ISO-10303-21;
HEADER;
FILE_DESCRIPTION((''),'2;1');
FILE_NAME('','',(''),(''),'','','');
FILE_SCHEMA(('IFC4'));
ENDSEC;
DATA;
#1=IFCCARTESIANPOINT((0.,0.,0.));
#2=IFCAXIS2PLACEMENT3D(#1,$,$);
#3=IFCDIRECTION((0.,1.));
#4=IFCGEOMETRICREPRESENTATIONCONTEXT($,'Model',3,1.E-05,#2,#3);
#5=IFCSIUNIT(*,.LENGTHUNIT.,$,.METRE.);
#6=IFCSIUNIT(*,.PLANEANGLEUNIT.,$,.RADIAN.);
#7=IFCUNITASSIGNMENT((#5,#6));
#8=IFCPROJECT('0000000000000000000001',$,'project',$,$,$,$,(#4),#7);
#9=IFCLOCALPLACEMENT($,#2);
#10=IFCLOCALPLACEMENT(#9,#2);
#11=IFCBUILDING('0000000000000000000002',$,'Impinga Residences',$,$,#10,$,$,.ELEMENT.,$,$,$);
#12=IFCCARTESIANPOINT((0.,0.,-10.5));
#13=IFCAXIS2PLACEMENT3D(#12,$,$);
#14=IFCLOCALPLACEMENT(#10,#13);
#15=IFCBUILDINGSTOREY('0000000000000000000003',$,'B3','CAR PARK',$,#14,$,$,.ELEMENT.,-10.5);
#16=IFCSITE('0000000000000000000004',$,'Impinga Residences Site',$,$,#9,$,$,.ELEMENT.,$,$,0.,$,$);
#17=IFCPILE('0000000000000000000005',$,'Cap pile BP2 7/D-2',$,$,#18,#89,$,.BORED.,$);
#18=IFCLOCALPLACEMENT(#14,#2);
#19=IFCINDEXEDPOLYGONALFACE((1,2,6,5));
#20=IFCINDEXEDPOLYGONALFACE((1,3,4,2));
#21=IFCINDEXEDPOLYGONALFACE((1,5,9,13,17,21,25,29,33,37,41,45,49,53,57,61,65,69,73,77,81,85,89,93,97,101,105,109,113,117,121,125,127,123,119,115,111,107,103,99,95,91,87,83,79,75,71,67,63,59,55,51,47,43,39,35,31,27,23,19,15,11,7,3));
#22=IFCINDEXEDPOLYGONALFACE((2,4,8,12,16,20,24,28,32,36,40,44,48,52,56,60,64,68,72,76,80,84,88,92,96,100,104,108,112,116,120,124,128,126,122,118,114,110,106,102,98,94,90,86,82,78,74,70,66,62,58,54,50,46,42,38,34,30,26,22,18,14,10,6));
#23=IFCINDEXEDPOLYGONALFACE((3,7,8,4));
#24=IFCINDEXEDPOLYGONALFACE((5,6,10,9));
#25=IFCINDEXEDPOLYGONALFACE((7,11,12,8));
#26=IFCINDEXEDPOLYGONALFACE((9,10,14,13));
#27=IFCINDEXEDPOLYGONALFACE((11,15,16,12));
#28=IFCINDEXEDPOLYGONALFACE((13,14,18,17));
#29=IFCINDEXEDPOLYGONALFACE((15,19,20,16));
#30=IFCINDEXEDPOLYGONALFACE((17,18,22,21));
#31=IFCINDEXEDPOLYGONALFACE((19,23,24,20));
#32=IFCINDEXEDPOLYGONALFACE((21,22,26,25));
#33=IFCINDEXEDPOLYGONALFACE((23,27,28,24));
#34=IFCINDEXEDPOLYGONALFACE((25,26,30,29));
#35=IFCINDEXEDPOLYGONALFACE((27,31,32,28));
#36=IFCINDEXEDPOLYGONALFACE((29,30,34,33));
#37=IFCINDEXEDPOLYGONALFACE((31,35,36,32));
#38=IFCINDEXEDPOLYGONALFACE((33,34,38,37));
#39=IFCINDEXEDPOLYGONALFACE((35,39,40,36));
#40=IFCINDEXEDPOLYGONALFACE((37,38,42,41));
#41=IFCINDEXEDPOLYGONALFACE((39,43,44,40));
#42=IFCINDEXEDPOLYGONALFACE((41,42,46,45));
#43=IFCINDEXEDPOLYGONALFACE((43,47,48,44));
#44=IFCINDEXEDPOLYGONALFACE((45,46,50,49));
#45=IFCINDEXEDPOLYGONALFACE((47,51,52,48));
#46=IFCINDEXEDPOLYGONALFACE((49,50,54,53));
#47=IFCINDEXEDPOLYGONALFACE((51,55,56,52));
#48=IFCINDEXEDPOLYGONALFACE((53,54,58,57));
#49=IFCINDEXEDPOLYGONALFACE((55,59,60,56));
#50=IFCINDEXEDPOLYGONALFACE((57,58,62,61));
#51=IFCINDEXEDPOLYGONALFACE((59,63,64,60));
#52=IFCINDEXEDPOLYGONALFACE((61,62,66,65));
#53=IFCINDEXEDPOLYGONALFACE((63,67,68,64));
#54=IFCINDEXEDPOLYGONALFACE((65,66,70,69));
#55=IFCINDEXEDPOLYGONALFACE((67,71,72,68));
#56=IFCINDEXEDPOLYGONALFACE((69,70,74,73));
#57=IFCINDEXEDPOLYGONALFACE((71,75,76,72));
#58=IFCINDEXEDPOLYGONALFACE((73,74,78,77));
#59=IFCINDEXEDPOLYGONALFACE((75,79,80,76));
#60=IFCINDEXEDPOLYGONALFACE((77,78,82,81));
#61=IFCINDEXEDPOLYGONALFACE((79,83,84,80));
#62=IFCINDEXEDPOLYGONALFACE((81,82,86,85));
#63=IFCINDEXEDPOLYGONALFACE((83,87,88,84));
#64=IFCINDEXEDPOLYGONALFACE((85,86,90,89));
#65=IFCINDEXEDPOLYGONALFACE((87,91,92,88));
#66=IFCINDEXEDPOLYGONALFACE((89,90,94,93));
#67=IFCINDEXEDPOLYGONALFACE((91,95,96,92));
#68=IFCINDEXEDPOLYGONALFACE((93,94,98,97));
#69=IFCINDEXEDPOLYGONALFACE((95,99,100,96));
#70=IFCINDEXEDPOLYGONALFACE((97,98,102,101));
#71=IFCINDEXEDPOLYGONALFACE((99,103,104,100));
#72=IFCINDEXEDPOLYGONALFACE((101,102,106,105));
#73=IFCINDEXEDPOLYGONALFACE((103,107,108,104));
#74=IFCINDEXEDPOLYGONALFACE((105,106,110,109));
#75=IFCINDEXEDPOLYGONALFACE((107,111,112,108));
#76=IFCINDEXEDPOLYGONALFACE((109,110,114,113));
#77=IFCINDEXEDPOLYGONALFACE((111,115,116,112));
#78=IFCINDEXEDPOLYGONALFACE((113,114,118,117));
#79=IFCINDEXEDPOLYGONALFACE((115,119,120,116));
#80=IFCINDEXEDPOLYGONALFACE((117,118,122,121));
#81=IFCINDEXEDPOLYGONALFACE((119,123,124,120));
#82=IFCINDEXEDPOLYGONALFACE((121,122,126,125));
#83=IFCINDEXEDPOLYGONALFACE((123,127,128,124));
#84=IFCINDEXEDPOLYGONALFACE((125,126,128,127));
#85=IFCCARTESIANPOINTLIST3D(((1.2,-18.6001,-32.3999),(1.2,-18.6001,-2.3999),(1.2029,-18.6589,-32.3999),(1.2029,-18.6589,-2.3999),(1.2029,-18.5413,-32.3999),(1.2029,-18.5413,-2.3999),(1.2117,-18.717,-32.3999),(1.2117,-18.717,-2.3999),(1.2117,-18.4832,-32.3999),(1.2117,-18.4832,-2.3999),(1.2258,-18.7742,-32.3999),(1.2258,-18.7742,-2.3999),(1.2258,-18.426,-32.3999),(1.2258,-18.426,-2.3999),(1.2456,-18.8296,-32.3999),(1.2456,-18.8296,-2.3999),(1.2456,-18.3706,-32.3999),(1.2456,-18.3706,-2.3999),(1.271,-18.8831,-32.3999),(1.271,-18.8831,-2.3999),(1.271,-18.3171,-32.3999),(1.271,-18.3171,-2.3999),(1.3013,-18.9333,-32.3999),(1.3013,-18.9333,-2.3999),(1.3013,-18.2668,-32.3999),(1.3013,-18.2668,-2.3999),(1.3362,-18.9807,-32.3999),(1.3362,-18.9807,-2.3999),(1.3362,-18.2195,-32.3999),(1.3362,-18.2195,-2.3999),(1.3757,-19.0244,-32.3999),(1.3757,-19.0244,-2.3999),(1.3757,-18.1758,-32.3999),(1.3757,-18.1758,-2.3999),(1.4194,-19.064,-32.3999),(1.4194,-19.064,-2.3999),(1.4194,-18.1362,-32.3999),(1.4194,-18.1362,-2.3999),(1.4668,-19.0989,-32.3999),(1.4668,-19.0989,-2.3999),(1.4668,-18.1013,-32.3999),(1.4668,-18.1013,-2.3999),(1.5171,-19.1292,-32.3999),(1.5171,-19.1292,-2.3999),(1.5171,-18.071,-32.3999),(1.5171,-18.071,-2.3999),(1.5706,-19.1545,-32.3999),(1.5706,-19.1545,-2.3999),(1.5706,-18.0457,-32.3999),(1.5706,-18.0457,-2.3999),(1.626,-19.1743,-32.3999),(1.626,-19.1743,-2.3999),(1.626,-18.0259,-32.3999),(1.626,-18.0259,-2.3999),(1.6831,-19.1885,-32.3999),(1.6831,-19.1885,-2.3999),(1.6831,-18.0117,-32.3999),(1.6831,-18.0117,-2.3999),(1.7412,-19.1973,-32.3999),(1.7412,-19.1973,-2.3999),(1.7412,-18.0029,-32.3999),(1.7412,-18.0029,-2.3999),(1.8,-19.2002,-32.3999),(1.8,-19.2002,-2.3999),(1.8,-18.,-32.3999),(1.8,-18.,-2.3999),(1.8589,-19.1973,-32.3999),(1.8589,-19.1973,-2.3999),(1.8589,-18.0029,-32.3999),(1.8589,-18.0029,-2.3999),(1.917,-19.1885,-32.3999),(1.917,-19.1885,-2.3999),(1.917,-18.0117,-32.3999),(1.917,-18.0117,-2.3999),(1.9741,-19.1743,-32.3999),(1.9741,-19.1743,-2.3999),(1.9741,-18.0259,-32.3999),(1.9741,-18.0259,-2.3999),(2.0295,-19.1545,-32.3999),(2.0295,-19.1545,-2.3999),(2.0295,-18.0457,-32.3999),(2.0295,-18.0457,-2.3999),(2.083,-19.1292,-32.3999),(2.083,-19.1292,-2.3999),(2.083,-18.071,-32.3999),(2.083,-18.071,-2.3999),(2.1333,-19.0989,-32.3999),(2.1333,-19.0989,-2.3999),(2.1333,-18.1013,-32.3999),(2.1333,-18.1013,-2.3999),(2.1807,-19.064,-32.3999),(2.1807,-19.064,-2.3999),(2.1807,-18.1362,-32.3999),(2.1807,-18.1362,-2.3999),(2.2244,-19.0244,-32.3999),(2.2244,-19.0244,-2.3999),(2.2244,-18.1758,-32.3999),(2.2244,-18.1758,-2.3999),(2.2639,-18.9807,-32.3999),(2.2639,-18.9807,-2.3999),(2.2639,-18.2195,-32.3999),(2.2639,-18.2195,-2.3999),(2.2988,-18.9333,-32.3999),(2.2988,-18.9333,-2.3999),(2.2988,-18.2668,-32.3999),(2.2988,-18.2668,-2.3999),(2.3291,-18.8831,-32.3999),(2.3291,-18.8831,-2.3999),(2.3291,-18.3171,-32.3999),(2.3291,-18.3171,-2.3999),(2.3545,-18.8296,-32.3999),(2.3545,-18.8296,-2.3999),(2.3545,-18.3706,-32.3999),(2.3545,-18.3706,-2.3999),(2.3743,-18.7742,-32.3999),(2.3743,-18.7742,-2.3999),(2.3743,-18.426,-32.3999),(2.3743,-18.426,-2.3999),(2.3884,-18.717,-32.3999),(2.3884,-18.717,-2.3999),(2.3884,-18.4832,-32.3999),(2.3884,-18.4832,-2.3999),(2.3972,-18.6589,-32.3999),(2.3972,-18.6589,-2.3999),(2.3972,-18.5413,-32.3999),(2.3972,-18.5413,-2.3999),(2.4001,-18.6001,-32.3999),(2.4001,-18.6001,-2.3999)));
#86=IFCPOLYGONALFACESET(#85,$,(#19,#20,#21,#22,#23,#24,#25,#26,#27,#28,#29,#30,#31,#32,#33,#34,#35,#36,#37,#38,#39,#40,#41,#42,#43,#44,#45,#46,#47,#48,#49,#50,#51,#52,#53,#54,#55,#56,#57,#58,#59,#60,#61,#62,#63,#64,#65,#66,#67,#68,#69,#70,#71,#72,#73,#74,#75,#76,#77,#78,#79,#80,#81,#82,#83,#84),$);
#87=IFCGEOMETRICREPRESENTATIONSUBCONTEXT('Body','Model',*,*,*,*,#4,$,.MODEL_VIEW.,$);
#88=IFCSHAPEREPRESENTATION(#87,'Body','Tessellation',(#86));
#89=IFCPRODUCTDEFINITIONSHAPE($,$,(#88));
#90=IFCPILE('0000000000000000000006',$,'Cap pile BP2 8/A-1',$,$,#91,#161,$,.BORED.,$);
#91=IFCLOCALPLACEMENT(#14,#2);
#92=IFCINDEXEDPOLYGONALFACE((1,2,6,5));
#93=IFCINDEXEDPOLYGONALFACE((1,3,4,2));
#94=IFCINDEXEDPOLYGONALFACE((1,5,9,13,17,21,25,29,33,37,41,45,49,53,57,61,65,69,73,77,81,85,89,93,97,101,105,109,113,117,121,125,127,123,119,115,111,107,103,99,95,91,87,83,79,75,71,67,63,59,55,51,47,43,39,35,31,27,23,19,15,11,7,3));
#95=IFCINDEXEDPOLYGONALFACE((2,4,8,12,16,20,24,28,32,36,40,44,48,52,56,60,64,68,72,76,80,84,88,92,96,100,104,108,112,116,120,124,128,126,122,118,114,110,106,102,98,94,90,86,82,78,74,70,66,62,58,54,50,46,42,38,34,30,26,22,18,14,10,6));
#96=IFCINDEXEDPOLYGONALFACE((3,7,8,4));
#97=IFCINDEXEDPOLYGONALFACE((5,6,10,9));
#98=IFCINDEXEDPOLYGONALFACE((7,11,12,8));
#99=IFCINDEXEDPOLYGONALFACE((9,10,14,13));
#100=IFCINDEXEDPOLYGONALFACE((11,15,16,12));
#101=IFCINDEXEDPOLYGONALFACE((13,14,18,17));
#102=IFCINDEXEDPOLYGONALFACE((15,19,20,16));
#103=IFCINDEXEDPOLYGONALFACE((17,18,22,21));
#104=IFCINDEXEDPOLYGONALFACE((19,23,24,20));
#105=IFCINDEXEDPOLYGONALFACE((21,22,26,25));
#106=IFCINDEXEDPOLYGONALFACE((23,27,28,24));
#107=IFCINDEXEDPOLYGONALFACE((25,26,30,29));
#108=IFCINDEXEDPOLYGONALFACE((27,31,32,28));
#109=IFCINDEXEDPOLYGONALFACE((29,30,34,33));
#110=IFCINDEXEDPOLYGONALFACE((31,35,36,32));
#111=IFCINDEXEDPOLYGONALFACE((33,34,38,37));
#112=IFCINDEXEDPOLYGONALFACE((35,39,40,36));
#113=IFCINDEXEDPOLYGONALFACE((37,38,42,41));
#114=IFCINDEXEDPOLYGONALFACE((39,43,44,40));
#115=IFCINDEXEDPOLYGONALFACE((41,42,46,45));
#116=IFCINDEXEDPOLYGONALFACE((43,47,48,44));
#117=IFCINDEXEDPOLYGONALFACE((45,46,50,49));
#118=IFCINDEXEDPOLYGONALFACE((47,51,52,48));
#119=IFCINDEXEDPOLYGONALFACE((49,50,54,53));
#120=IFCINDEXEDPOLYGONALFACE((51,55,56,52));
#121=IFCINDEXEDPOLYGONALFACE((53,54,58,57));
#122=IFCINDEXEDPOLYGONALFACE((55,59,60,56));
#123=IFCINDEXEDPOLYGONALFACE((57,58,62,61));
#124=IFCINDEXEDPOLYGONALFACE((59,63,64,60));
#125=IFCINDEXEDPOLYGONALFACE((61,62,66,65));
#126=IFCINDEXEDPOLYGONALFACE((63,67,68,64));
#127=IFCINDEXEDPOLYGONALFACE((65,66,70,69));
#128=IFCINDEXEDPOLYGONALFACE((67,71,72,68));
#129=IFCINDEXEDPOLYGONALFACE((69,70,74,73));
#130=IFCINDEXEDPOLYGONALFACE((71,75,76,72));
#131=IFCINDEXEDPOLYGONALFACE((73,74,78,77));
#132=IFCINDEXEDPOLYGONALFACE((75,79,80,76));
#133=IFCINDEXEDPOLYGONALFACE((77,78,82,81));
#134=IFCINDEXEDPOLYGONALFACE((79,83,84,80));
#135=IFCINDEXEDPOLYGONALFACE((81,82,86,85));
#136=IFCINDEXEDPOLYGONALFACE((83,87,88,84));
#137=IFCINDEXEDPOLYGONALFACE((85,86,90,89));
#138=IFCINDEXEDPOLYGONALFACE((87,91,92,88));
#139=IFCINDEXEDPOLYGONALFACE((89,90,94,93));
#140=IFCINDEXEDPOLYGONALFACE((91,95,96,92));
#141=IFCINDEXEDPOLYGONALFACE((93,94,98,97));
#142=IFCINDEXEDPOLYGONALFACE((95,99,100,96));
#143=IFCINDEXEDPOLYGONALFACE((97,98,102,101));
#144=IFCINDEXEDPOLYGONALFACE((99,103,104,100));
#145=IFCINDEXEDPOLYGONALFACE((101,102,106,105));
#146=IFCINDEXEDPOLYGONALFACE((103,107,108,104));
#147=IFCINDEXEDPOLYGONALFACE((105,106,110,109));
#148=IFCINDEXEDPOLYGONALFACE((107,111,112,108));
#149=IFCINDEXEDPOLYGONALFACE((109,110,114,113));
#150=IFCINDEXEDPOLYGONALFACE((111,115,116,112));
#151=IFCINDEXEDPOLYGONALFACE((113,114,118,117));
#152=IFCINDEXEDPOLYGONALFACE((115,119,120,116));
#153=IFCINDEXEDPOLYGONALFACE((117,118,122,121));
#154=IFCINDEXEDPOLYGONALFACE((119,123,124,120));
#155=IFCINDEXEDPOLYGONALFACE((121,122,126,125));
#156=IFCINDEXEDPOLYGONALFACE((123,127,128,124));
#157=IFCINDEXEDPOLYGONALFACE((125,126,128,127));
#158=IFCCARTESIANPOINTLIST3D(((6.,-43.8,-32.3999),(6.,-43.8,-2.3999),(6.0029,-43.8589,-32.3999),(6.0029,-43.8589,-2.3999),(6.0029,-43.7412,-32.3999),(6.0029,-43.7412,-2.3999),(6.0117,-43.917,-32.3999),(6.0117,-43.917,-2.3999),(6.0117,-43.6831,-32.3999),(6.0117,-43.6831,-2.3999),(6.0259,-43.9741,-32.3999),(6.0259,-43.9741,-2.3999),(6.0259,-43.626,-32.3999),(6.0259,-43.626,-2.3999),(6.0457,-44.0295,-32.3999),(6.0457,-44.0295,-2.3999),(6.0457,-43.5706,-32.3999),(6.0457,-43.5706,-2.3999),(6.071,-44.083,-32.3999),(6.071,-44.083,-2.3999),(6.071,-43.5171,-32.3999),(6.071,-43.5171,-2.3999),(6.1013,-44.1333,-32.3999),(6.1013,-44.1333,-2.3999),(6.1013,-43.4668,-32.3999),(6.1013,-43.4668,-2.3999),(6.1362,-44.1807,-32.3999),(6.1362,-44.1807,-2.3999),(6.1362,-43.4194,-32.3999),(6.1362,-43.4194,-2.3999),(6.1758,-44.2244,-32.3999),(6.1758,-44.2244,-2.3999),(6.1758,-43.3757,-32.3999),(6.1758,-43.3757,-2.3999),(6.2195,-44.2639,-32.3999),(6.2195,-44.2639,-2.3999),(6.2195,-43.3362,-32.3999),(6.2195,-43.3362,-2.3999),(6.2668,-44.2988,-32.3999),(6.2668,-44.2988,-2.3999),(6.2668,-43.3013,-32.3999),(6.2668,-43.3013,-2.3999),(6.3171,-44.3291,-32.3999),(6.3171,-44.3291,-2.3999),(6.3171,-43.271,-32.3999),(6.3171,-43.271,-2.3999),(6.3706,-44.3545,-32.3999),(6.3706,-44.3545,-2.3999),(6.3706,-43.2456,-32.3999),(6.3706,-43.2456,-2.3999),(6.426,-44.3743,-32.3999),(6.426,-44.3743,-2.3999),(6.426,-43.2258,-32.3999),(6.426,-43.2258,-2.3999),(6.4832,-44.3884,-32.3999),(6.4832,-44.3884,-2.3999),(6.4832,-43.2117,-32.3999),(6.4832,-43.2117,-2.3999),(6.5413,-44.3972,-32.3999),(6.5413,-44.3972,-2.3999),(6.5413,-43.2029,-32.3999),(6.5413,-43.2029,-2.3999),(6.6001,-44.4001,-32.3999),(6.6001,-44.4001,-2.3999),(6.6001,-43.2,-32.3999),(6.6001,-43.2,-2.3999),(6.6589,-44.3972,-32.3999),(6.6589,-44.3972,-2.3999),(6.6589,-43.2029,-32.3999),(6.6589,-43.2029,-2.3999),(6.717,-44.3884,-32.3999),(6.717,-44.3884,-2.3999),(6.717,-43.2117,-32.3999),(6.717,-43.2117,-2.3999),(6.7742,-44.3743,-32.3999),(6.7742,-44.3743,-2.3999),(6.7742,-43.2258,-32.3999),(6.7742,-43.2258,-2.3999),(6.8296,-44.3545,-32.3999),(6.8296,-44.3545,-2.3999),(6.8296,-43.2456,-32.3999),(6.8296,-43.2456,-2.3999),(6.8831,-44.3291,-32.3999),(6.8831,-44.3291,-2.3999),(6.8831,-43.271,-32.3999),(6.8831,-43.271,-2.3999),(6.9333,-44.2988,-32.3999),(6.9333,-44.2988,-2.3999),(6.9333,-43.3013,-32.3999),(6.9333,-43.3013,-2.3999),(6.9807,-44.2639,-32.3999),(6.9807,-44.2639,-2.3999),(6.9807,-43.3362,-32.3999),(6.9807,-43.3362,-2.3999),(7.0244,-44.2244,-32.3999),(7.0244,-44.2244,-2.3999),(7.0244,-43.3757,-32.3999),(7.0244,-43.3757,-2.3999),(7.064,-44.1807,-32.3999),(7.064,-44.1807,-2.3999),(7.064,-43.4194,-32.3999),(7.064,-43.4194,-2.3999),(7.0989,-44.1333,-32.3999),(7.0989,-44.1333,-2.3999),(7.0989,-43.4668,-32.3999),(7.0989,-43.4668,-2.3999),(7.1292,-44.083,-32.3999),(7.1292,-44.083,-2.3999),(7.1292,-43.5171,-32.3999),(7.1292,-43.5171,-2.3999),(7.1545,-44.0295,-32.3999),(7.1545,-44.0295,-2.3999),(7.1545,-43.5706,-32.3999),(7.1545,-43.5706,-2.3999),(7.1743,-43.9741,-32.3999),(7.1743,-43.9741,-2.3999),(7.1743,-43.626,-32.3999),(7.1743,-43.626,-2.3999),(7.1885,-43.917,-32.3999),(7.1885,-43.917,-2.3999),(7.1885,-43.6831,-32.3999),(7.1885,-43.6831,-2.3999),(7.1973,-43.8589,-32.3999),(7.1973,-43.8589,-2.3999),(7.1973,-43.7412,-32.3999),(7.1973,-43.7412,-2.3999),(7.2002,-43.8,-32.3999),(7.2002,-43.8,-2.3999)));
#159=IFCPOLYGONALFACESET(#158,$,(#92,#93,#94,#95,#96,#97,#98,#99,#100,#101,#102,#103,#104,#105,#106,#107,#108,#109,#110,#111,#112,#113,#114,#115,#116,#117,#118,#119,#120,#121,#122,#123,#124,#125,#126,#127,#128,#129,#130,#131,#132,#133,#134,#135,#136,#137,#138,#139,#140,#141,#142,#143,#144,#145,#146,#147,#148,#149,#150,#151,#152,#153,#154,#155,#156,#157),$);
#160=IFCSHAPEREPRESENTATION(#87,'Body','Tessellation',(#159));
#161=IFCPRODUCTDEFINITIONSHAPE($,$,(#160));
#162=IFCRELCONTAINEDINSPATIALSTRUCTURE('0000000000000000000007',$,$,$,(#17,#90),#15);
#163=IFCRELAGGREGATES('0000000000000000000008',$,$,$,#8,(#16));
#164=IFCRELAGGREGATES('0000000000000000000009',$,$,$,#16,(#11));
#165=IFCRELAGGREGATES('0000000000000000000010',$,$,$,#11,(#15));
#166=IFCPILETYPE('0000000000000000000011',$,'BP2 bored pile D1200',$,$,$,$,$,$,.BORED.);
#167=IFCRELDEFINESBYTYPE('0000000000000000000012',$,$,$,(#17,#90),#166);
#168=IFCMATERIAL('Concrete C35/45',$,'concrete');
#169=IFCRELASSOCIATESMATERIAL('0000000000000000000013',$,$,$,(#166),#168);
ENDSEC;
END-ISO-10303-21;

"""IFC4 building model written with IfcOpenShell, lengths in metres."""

from ifc_helpers import new_model, si_unit, direction, frame, origin, origin_2d, place, context, subcontext, project, spatial, polyline, circle, outline, extrude, material, material_profile, profile_set, type_object, element, save


model = new_model("IFC4")

# Units and contexts
model_context = context("Model", 3, precision=1e-05, world=origin(), true_north=direction((0.0, 1.0)))
body_context = subcontext(model_context, "Body", "Model", "MODEL_VIEW")
ifc_project = project(units=[si_unit("LENGTHUNIT", "METRE"), si_unit("PLANEANGLEUNIT", "RADIAN")], contexts=[model_context])

# Site, building, storey
site_placement = place(None, origin())
site = spatial("IfcSite", under=ifc_project, at=site_placement, Name="Impinga Residences Site", CompositionType="ELEMENT", RefElevation=0.0)
building_placement = place(site_placement, origin())
building = spatial("IfcBuilding", under=site, at=building_placement, Name="Impinga Residences", CompositionType="ELEMENT")
storey_placement = place(building_placement, frame((0.0, 0.0, -10.5)))
storey = spatial("IfcBuildingStorey", under=building, at=storey_placement, Name="B3", Description="CAR PARK", CompositionType="ELEMENT", Elevation=-10.5)

# Piles
ifc_material_1 = material(Name="Concrete C35/45", Category="concrete")
ifc_material_profile_1 = material_profile(ifc_material_1, circle(Radius=0.6001, at=origin_2d()), Name="D1200")
ifc_profile_set_1 = profile_set([ifc_material_profile_1], Name="Concrete C35/45")
pile_type = type_object("IfcPileType", Name="BP2 bored pile D1200", PredefinedType="BORED", material=ifc_profile_set_1)
pile_1_placement = place(storey_placement, frame((1.8, -18.6001, -2.3999), z_axis=(0.0, 0.0, -1.0), x_axis=(1.0, 0.0, 0.0)))
element("IfcPile", 1, at=pile_1_placement, inside=storey, type_object=pile_type, Name="Cap pile BP2 7/D-2", PredefinedType="BORED", context=body_context, shape_type="SweptSolid", body=[
    extrude(outline(polyline([(0.6001, 0.0), (0.5972, 0.0588), (0.5884, 0.1169), (0.5742, 0.1741), (0.5544, 0.2295), (0.5291, 0.283), (0.4988, 0.3333), (0.4639, 0.3806), (0.4243, 0.4243), (0.3806, 0.4639), (0.3333, 0.4988), (0.283, 0.5291), (0.2295, 0.5544), (0.1741, 0.5742), (0.1169, 0.5884), (0.0588, 0.5972), (0.0, 0.6001), (-0.0588, 0.5972), (-0.1169, 0.5884), (-0.1741, 0.5742), (-0.2295, 0.5544), (-0.283, 0.5291), (-0.3333, 0.4988), (-0.3806, 0.4639), (-0.4243, 0.4243), (-0.4639, 0.3806), (-0.4988, 0.3333), (-0.5291, 0.283), (-0.5544, 0.2295), (-0.5742, 0.1741), (-0.5884, 0.1169), (-0.5972, 0.0588), (-0.6001, 0.0), (-0.5972, -0.0588), (-0.5884, -0.1169), (-0.5742, -0.1741), (-0.5544, -0.2295), (-0.5291, -0.283), (-0.4988, -0.3333), (-0.4639, -0.3806), (-0.4243, -0.4243), (-0.3806, -0.4639), (-0.3333, -0.4988), (-0.283, -0.5291), (-0.2295, -0.5544), (-0.1741, -0.5742), (-0.1169, -0.5884), (-0.0588, -0.5972), (0.0, -0.6001), (0.0588, -0.5972), (0.1169, -0.5884), (0.1741, -0.5742), (0.2295, -0.5544), (0.283, -0.5291), (0.3333, -0.4988), (0.3806, -0.4639), (0.4243, -0.4243), (0.4639, -0.3806), (0.4988, -0.3333), (0.5291, -0.283), (0.5544, -0.2295), (0.5742, -0.1741), (0.5884, -0.1169), (0.5972, -0.0588), (0.6001, 0.0)])), origin(), (0.0, 0.0, 1.0), 30.0),
])
pile_2_placement = place(storey_placement, frame((6.6001, -43.8, -2.3999), z_axis=(0.0, 0.0, -1.0), x_axis=(1.0, 0.0, 0.0)))
element("IfcPile", 2, at=pile_2_placement, inside=storey, type_object=pile_type, Name="Cap pile BP2 8/A-1", PredefinedType="BORED", context=body_context, shape_type="SweptSolid", body=[
    extrude(outline(polyline([(0.6001, 0.0), (0.5972, 0.0588), (0.5884, 0.1169), (0.5742, 0.1741), (0.5544, 0.2295), (0.5291, 0.283), (0.4988, 0.3333), (0.4639, 0.3806), (0.4243, 0.4243), (0.3806, 0.4639), (0.3333, 0.4988), (0.283, 0.5291), (0.2295, 0.5544), (0.1741, 0.5742), (0.1169, 0.5884), (0.0588, 0.5972), (0.0, 0.6001), (-0.0588, 0.5972), (-0.1169, 0.5884), (-0.1741, 0.5742), (-0.2295, 0.5544), (-0.283, 0.5291), (-0.3333, 0.4988), (-0.3806, 0.4639), (-0.4243, 0.4243), (-0.4639, 0.3806), (-0.4988, 0.3333), (-0.5291, 0.283), (-0.5544, 0.2295), (-0.5742, 0.1741), (-0.5884, 0.1169), (-0.5972, 0.0588), (-0.6001, 0.0), (-0.5972, -0.0588), (-0.5884, -0.1169), (-0.5742, -0.1741), (-0.5544, -0.2295), (-0.5291, -0.283), (-0.4988, -0.3333), (-0.4639, -0.3806), (-0.4243, -0.4243), (-0.3806, -0.4639), (-0.3333, -0.4988), (-0.283, -0.5291), (-0.2295, -0.5544), (-0.1741, -0.5742), (-0.1169, -0.5884), (-0.0588, -0.5972), (0.0, -0.6001), (0.0588, -0.5972), (0.1169, -0.5884), (0.1741, -0.5742), (0.2295, -0.5544), (0.283, -0.5291), (0.3333, -0.4988), (0.3806, -0.4639), (0.4243, -0.4243), (0.4639, -0.3806), (0.4988, -0.3333), (0.5291, -0.283), (0.5544, -0.2295), (0.5742, -0.1741), (0.5884, -0.1169), (0.5972, -0.0588), (0.6001, 0.0)])), origin(), (0.0, 0.0, 1.0), 30.0),
])

save(model, "model.ifc")
